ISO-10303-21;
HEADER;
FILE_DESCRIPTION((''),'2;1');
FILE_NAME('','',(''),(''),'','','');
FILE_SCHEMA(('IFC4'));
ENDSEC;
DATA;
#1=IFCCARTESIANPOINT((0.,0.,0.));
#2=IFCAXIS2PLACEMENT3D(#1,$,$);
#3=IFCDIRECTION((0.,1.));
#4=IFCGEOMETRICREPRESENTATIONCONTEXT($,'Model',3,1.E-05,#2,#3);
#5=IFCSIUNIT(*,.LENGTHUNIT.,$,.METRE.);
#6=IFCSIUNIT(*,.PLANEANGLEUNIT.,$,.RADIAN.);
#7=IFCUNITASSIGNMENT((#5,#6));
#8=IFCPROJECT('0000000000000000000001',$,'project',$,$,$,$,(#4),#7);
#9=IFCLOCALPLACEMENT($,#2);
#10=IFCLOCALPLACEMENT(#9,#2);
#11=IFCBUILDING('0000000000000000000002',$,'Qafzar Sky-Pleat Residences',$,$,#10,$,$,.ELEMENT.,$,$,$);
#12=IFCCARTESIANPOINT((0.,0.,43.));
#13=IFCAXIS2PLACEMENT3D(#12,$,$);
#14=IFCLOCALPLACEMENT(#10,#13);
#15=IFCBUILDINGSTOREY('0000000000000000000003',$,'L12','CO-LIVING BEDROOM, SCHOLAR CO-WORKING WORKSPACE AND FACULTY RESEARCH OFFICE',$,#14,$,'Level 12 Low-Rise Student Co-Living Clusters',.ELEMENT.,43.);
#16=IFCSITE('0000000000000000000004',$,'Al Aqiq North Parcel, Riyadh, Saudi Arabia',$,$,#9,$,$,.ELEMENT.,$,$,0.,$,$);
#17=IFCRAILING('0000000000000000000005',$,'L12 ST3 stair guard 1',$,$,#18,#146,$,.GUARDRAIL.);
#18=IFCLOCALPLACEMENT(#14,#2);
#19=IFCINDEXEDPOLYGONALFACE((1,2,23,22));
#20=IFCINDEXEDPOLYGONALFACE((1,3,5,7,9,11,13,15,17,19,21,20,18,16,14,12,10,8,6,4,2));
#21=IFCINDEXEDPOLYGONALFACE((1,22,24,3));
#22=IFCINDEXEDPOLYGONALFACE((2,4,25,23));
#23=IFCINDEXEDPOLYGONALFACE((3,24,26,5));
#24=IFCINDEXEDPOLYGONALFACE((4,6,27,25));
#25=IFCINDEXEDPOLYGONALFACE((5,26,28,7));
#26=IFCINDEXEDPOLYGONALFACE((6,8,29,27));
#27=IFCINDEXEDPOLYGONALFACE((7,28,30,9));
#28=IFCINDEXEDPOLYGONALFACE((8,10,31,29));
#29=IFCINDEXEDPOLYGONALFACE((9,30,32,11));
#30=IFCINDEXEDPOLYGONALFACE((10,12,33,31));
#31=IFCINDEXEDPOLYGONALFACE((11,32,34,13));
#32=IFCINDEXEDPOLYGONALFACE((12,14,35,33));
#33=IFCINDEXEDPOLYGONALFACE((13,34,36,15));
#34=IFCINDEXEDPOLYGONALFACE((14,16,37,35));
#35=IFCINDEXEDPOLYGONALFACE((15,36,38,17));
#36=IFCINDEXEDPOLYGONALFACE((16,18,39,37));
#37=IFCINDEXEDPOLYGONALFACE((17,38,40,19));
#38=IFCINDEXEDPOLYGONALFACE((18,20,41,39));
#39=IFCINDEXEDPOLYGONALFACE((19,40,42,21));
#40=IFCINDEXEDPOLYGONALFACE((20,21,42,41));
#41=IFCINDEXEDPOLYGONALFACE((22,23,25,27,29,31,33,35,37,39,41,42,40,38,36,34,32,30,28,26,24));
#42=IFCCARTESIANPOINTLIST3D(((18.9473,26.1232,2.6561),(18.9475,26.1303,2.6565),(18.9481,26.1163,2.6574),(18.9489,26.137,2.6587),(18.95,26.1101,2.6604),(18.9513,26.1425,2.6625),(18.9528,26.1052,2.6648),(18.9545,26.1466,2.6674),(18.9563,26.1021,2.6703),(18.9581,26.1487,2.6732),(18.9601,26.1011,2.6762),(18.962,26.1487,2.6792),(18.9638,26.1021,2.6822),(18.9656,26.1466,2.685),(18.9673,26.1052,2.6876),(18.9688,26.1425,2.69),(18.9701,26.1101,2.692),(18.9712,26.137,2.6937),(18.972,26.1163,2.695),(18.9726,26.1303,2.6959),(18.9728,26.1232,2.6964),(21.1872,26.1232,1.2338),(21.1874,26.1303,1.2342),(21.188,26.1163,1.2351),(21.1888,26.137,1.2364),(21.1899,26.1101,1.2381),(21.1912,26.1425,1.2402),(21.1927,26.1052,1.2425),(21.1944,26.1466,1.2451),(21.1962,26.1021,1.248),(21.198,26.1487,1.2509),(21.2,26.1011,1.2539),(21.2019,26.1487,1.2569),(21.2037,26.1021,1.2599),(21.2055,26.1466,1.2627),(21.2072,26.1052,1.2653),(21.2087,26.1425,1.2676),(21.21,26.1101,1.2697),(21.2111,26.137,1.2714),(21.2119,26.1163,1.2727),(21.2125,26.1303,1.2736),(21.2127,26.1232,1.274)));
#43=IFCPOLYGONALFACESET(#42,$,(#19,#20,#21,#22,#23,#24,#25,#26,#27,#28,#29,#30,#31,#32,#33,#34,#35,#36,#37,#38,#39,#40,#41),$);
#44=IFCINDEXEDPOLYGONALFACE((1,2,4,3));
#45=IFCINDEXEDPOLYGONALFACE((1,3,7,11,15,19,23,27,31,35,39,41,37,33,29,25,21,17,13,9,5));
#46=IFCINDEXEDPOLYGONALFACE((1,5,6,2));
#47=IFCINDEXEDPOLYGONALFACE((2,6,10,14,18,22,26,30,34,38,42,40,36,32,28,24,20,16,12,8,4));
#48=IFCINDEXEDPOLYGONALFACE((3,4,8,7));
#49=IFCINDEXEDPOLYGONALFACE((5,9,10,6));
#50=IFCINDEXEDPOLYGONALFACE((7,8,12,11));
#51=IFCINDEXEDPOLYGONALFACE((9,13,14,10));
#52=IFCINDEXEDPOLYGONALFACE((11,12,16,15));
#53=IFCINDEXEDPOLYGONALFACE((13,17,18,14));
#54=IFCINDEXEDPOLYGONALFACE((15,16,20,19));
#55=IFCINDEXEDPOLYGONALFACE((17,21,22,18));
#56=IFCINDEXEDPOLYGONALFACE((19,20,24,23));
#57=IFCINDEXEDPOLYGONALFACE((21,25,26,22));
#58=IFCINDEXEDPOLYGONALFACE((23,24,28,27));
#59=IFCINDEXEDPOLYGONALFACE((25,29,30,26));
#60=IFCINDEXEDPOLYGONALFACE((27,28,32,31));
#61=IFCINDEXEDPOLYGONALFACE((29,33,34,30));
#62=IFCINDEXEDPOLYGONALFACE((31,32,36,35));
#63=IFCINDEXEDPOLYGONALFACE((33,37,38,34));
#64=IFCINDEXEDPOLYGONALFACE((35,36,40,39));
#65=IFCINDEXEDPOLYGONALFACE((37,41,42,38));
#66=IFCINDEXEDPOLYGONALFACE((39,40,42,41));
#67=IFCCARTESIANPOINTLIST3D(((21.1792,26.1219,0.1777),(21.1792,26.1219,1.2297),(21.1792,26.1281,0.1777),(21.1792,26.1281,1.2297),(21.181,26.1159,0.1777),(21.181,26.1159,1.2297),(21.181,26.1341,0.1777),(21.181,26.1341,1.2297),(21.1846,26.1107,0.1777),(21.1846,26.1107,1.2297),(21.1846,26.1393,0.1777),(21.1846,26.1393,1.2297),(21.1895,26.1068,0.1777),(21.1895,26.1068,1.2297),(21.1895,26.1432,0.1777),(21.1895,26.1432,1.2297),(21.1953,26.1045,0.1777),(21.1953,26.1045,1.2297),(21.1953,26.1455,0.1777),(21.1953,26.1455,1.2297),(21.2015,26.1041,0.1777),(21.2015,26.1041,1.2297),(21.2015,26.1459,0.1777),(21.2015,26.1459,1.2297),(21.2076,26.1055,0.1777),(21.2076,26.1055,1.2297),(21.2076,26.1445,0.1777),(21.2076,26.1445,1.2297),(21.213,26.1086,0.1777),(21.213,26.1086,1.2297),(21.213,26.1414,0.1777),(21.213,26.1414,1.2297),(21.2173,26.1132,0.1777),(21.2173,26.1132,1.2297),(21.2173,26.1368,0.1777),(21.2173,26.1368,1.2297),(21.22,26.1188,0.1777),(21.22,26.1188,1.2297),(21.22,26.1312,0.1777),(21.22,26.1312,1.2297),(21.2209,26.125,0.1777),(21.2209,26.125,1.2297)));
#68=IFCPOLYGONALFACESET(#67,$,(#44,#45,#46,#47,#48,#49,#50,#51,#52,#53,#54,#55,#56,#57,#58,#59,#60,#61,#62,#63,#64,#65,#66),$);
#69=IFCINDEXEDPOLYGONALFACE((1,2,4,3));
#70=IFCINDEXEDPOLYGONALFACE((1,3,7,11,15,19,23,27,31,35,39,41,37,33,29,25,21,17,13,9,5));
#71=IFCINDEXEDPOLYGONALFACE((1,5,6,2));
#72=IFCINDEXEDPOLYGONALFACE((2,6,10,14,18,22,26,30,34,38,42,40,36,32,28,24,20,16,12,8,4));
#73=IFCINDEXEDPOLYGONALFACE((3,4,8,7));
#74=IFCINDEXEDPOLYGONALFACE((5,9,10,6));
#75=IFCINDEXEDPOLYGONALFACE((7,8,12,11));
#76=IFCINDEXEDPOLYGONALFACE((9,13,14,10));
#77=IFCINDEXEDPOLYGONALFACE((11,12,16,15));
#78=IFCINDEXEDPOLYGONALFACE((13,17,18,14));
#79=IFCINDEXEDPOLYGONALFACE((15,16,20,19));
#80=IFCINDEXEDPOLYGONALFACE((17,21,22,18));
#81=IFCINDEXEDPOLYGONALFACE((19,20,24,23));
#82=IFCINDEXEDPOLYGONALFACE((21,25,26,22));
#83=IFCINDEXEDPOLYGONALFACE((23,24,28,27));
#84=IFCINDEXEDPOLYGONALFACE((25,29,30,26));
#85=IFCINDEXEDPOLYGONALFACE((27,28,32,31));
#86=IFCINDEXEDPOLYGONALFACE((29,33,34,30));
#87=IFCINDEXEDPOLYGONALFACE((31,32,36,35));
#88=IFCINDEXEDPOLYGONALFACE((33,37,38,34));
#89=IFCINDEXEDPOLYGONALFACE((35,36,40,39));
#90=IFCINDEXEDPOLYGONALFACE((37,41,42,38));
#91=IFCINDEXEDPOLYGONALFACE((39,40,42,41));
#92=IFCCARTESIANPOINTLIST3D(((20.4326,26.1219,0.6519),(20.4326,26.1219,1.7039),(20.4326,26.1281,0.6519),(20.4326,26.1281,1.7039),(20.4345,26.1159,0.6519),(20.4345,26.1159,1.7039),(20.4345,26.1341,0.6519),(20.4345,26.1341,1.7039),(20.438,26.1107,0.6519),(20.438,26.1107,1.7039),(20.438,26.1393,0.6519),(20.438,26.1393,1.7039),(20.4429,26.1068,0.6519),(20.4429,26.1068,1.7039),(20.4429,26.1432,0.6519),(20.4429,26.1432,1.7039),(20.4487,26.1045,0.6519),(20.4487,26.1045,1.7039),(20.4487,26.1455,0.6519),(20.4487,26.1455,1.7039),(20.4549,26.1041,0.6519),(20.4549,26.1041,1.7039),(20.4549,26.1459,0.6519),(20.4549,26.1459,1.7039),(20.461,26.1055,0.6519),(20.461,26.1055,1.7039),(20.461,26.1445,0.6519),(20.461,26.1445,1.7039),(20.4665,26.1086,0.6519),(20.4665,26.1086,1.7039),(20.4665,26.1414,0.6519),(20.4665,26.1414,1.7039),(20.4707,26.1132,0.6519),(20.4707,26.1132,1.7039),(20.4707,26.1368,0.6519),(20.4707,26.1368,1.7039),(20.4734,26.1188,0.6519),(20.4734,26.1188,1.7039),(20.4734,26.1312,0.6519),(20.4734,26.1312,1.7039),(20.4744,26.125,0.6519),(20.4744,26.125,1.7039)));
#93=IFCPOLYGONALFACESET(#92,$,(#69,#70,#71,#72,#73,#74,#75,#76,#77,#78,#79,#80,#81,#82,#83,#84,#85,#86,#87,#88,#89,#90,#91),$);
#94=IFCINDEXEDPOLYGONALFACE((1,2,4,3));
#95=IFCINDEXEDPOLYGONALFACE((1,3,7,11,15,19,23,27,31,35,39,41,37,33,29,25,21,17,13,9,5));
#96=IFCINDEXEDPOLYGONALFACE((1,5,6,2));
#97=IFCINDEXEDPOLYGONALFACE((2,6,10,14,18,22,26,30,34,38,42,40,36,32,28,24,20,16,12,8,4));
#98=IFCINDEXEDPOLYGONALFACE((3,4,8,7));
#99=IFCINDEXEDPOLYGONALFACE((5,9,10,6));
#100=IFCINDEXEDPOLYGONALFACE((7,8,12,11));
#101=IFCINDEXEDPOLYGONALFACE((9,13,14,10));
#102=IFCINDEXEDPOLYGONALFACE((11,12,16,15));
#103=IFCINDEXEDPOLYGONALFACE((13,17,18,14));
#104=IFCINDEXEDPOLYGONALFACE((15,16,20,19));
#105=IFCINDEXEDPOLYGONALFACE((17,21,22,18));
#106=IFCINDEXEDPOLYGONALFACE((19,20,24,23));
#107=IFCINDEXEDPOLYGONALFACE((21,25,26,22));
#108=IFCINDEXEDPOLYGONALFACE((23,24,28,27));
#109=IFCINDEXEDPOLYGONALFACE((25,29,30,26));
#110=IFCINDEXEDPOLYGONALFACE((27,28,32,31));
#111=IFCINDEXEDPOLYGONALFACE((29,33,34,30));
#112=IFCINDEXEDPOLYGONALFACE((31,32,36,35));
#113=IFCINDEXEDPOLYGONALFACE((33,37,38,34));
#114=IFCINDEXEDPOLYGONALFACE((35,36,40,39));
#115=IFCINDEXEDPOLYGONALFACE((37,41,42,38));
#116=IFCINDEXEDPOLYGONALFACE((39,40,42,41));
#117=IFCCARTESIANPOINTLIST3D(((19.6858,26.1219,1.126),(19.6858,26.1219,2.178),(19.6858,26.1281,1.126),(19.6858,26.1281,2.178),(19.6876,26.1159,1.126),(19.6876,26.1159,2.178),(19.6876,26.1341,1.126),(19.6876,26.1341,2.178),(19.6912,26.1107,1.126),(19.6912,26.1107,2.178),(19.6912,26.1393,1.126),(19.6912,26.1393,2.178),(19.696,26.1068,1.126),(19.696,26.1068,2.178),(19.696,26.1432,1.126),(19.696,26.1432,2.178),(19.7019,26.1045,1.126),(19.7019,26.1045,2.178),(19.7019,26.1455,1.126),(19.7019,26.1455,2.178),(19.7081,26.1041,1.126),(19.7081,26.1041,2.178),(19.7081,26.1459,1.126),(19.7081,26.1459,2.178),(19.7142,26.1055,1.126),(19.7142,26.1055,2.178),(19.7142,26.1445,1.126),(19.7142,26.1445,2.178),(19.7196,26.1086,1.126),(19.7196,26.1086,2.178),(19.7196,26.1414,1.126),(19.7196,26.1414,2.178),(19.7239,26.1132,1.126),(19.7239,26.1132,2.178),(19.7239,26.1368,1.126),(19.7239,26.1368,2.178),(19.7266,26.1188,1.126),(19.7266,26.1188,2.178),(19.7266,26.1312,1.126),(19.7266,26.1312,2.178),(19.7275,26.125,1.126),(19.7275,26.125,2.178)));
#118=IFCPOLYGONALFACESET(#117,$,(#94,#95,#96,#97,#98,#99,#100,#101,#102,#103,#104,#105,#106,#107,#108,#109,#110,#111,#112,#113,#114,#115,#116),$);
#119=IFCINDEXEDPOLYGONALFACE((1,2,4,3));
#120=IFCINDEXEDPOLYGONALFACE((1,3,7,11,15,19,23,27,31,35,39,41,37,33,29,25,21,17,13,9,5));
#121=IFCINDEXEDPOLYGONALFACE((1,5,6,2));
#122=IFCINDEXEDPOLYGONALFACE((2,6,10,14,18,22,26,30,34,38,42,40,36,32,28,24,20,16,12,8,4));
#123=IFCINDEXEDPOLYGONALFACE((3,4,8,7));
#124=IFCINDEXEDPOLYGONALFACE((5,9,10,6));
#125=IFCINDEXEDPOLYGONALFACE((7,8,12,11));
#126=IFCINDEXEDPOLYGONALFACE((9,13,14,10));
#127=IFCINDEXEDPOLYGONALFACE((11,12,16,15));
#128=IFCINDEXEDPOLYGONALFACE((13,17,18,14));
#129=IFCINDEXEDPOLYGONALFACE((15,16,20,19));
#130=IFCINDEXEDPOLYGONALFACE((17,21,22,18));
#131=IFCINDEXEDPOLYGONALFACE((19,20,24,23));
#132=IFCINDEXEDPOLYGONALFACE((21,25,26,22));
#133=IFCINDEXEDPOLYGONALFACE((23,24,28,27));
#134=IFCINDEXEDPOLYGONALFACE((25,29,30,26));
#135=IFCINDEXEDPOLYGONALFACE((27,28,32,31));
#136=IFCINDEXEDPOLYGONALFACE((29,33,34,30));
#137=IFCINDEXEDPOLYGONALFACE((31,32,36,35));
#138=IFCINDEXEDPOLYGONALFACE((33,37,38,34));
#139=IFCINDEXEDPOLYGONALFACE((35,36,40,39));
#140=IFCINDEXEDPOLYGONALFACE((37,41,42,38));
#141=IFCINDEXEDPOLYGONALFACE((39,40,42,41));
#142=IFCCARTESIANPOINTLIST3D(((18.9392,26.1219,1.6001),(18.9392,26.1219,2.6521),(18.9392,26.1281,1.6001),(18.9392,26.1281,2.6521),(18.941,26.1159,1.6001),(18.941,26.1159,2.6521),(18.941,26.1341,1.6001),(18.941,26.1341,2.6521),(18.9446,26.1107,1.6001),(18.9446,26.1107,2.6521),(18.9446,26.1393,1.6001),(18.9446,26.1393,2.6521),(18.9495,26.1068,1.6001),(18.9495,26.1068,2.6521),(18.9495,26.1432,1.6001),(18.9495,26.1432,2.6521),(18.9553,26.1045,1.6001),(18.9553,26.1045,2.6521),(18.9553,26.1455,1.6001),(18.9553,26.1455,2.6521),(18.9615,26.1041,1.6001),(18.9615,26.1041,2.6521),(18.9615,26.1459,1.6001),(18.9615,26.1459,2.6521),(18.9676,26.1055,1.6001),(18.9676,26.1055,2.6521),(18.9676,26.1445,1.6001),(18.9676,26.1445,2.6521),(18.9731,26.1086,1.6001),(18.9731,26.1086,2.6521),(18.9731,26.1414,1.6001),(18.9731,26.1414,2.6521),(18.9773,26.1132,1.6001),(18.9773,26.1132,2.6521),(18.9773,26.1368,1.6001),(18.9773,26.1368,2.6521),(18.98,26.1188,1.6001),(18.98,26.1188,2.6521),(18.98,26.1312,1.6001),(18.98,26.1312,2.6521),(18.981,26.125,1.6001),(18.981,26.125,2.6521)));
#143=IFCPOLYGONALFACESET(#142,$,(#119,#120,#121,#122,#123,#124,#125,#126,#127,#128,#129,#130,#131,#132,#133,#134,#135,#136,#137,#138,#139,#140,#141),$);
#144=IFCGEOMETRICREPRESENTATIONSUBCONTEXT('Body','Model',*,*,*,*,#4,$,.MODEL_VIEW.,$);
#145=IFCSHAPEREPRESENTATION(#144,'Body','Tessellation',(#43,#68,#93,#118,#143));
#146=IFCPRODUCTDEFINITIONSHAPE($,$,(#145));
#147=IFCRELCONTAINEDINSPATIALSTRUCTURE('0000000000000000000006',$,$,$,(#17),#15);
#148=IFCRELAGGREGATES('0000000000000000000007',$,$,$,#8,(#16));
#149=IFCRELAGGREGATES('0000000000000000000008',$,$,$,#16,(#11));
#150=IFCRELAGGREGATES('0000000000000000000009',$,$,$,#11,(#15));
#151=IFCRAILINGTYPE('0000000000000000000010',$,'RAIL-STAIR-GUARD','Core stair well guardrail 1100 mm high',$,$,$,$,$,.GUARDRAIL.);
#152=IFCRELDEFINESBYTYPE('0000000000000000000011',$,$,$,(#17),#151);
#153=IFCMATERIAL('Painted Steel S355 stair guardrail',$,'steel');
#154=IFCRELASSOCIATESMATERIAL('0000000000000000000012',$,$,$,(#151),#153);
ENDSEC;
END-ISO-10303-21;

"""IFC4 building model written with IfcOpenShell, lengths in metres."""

from ifc_helpers import new_model, si_unit, direction, frame, origin, origin_2d, place, context, subcontext, project, spatial, circle, extrude, source, transform, mapped, material, type_object, element, save


model = new_model("IFC4")

# Units and contexts
model_context = context("Model", 3, precision=1e-05, world=origin(), true_north=direction((0.0, 1.0)))
body_context = subcontext(model_context, "Body", "Model", "MODEL_VIEW")
ifc_project = project(units=[si_unit("LENGTHUNIT", "METRE"), si_unit("PLANEANGLEUNIT", "RADIAN")], contexts=[model_context])

# Site, building, storey
site_placement = place(None, origin())
site = spatial("IfcSite", under=ifc_project, at=site_placement, Name="Al Aqiq North Parcel, Riyadh, Saudi Arabia", CompositionType="ELEMENT", RefElevation=0.0)
building_placement = place(site_placement, origin())
building = spatial("IfcBuilding", under=site, at=building_placement, Name="Qafzar Sky-Pleat Residences", CompositionType="ELEMENT")
storey_placement = place(building_placement, frame((0.0, 0.0, 43.0)))
storey = spatial("IfcBuildingStorey", under=building, at=storey_placement, Name="L12", Description="CO-LIVING BEDROOM, SCHOLAR CO-WORKING WORKSPACE AND FACULTY RESEARCH OFFICE", LongName="Level 12 Low-Rise Student Co-Living Clusters", CompositionType="ELEMENT", Elevation=43.0)

# Railing
ifc_material_1 = material(Name="Painted Steel S355 stair guardrail", Category="steel")
railing_type = type_object("IfcRailingType", Name="RAIL-STAIR-GUARD", Description="Core stair well guardrail 1100 mm high", PredefinedType="GUARDRAIL", material=ifc_material_1)
shared_shape_1 = source(origin(), body_context, "Body", "SweptSolid", [
    extrude(circle(Radius=0.0239, at=origin_2d()), frame((0.0, 0.0, 1.0762), z_axis=(-0.844188, 0.0, 0.536048), x_axis=(0.0, -1.0, 0.0)), (0.0, 0.0, 1.0), 2.6533),
    extrude(circle(Radius=0.021, at=origin_2d()), origin(), (0.0, 0.0, 1.0), 1.052),
    extrude(circle(Radius=0.021, at=origin_2d()), frame((-0.7466, 0.0, 0.4741)), (0.0, 0.0, 1.0), 1.052),
    extrude(circle(Radius=0.021, at=origin_2d()), frame((-1.4934, 0.0, 0.9482)), (0.0, 0.0, 1.0), 1.052),
    extrude(circle(Radius=0.021, at=origin_2d()), frame((-2.24, 0.0, 1.4224)), (0.0, 0.0, 1.0), 1.052),
])
railing_1_placement = place(storey_placement, frame((21.2, 26.125, 0.1777)))
element("IfcRailing", 1, at=railing_1_placement, inside=storey, type_object=railing_type, Name="L12 ST3 stair guard 1", PredefinedType="GUARDRAIL", context=body_context, shape_type="MappedRepresentation", body=[
    mapped(shared_shape_1, transform((0.0, 0.0, 0.0), x_axis=(1.0, 0.0, 0.0), y_axis=(0.0, 1.0, 0.0), z_axis=(0.0, 0.0, 1.0), scale=1.0)),
])

save(model, "model.ifc")
